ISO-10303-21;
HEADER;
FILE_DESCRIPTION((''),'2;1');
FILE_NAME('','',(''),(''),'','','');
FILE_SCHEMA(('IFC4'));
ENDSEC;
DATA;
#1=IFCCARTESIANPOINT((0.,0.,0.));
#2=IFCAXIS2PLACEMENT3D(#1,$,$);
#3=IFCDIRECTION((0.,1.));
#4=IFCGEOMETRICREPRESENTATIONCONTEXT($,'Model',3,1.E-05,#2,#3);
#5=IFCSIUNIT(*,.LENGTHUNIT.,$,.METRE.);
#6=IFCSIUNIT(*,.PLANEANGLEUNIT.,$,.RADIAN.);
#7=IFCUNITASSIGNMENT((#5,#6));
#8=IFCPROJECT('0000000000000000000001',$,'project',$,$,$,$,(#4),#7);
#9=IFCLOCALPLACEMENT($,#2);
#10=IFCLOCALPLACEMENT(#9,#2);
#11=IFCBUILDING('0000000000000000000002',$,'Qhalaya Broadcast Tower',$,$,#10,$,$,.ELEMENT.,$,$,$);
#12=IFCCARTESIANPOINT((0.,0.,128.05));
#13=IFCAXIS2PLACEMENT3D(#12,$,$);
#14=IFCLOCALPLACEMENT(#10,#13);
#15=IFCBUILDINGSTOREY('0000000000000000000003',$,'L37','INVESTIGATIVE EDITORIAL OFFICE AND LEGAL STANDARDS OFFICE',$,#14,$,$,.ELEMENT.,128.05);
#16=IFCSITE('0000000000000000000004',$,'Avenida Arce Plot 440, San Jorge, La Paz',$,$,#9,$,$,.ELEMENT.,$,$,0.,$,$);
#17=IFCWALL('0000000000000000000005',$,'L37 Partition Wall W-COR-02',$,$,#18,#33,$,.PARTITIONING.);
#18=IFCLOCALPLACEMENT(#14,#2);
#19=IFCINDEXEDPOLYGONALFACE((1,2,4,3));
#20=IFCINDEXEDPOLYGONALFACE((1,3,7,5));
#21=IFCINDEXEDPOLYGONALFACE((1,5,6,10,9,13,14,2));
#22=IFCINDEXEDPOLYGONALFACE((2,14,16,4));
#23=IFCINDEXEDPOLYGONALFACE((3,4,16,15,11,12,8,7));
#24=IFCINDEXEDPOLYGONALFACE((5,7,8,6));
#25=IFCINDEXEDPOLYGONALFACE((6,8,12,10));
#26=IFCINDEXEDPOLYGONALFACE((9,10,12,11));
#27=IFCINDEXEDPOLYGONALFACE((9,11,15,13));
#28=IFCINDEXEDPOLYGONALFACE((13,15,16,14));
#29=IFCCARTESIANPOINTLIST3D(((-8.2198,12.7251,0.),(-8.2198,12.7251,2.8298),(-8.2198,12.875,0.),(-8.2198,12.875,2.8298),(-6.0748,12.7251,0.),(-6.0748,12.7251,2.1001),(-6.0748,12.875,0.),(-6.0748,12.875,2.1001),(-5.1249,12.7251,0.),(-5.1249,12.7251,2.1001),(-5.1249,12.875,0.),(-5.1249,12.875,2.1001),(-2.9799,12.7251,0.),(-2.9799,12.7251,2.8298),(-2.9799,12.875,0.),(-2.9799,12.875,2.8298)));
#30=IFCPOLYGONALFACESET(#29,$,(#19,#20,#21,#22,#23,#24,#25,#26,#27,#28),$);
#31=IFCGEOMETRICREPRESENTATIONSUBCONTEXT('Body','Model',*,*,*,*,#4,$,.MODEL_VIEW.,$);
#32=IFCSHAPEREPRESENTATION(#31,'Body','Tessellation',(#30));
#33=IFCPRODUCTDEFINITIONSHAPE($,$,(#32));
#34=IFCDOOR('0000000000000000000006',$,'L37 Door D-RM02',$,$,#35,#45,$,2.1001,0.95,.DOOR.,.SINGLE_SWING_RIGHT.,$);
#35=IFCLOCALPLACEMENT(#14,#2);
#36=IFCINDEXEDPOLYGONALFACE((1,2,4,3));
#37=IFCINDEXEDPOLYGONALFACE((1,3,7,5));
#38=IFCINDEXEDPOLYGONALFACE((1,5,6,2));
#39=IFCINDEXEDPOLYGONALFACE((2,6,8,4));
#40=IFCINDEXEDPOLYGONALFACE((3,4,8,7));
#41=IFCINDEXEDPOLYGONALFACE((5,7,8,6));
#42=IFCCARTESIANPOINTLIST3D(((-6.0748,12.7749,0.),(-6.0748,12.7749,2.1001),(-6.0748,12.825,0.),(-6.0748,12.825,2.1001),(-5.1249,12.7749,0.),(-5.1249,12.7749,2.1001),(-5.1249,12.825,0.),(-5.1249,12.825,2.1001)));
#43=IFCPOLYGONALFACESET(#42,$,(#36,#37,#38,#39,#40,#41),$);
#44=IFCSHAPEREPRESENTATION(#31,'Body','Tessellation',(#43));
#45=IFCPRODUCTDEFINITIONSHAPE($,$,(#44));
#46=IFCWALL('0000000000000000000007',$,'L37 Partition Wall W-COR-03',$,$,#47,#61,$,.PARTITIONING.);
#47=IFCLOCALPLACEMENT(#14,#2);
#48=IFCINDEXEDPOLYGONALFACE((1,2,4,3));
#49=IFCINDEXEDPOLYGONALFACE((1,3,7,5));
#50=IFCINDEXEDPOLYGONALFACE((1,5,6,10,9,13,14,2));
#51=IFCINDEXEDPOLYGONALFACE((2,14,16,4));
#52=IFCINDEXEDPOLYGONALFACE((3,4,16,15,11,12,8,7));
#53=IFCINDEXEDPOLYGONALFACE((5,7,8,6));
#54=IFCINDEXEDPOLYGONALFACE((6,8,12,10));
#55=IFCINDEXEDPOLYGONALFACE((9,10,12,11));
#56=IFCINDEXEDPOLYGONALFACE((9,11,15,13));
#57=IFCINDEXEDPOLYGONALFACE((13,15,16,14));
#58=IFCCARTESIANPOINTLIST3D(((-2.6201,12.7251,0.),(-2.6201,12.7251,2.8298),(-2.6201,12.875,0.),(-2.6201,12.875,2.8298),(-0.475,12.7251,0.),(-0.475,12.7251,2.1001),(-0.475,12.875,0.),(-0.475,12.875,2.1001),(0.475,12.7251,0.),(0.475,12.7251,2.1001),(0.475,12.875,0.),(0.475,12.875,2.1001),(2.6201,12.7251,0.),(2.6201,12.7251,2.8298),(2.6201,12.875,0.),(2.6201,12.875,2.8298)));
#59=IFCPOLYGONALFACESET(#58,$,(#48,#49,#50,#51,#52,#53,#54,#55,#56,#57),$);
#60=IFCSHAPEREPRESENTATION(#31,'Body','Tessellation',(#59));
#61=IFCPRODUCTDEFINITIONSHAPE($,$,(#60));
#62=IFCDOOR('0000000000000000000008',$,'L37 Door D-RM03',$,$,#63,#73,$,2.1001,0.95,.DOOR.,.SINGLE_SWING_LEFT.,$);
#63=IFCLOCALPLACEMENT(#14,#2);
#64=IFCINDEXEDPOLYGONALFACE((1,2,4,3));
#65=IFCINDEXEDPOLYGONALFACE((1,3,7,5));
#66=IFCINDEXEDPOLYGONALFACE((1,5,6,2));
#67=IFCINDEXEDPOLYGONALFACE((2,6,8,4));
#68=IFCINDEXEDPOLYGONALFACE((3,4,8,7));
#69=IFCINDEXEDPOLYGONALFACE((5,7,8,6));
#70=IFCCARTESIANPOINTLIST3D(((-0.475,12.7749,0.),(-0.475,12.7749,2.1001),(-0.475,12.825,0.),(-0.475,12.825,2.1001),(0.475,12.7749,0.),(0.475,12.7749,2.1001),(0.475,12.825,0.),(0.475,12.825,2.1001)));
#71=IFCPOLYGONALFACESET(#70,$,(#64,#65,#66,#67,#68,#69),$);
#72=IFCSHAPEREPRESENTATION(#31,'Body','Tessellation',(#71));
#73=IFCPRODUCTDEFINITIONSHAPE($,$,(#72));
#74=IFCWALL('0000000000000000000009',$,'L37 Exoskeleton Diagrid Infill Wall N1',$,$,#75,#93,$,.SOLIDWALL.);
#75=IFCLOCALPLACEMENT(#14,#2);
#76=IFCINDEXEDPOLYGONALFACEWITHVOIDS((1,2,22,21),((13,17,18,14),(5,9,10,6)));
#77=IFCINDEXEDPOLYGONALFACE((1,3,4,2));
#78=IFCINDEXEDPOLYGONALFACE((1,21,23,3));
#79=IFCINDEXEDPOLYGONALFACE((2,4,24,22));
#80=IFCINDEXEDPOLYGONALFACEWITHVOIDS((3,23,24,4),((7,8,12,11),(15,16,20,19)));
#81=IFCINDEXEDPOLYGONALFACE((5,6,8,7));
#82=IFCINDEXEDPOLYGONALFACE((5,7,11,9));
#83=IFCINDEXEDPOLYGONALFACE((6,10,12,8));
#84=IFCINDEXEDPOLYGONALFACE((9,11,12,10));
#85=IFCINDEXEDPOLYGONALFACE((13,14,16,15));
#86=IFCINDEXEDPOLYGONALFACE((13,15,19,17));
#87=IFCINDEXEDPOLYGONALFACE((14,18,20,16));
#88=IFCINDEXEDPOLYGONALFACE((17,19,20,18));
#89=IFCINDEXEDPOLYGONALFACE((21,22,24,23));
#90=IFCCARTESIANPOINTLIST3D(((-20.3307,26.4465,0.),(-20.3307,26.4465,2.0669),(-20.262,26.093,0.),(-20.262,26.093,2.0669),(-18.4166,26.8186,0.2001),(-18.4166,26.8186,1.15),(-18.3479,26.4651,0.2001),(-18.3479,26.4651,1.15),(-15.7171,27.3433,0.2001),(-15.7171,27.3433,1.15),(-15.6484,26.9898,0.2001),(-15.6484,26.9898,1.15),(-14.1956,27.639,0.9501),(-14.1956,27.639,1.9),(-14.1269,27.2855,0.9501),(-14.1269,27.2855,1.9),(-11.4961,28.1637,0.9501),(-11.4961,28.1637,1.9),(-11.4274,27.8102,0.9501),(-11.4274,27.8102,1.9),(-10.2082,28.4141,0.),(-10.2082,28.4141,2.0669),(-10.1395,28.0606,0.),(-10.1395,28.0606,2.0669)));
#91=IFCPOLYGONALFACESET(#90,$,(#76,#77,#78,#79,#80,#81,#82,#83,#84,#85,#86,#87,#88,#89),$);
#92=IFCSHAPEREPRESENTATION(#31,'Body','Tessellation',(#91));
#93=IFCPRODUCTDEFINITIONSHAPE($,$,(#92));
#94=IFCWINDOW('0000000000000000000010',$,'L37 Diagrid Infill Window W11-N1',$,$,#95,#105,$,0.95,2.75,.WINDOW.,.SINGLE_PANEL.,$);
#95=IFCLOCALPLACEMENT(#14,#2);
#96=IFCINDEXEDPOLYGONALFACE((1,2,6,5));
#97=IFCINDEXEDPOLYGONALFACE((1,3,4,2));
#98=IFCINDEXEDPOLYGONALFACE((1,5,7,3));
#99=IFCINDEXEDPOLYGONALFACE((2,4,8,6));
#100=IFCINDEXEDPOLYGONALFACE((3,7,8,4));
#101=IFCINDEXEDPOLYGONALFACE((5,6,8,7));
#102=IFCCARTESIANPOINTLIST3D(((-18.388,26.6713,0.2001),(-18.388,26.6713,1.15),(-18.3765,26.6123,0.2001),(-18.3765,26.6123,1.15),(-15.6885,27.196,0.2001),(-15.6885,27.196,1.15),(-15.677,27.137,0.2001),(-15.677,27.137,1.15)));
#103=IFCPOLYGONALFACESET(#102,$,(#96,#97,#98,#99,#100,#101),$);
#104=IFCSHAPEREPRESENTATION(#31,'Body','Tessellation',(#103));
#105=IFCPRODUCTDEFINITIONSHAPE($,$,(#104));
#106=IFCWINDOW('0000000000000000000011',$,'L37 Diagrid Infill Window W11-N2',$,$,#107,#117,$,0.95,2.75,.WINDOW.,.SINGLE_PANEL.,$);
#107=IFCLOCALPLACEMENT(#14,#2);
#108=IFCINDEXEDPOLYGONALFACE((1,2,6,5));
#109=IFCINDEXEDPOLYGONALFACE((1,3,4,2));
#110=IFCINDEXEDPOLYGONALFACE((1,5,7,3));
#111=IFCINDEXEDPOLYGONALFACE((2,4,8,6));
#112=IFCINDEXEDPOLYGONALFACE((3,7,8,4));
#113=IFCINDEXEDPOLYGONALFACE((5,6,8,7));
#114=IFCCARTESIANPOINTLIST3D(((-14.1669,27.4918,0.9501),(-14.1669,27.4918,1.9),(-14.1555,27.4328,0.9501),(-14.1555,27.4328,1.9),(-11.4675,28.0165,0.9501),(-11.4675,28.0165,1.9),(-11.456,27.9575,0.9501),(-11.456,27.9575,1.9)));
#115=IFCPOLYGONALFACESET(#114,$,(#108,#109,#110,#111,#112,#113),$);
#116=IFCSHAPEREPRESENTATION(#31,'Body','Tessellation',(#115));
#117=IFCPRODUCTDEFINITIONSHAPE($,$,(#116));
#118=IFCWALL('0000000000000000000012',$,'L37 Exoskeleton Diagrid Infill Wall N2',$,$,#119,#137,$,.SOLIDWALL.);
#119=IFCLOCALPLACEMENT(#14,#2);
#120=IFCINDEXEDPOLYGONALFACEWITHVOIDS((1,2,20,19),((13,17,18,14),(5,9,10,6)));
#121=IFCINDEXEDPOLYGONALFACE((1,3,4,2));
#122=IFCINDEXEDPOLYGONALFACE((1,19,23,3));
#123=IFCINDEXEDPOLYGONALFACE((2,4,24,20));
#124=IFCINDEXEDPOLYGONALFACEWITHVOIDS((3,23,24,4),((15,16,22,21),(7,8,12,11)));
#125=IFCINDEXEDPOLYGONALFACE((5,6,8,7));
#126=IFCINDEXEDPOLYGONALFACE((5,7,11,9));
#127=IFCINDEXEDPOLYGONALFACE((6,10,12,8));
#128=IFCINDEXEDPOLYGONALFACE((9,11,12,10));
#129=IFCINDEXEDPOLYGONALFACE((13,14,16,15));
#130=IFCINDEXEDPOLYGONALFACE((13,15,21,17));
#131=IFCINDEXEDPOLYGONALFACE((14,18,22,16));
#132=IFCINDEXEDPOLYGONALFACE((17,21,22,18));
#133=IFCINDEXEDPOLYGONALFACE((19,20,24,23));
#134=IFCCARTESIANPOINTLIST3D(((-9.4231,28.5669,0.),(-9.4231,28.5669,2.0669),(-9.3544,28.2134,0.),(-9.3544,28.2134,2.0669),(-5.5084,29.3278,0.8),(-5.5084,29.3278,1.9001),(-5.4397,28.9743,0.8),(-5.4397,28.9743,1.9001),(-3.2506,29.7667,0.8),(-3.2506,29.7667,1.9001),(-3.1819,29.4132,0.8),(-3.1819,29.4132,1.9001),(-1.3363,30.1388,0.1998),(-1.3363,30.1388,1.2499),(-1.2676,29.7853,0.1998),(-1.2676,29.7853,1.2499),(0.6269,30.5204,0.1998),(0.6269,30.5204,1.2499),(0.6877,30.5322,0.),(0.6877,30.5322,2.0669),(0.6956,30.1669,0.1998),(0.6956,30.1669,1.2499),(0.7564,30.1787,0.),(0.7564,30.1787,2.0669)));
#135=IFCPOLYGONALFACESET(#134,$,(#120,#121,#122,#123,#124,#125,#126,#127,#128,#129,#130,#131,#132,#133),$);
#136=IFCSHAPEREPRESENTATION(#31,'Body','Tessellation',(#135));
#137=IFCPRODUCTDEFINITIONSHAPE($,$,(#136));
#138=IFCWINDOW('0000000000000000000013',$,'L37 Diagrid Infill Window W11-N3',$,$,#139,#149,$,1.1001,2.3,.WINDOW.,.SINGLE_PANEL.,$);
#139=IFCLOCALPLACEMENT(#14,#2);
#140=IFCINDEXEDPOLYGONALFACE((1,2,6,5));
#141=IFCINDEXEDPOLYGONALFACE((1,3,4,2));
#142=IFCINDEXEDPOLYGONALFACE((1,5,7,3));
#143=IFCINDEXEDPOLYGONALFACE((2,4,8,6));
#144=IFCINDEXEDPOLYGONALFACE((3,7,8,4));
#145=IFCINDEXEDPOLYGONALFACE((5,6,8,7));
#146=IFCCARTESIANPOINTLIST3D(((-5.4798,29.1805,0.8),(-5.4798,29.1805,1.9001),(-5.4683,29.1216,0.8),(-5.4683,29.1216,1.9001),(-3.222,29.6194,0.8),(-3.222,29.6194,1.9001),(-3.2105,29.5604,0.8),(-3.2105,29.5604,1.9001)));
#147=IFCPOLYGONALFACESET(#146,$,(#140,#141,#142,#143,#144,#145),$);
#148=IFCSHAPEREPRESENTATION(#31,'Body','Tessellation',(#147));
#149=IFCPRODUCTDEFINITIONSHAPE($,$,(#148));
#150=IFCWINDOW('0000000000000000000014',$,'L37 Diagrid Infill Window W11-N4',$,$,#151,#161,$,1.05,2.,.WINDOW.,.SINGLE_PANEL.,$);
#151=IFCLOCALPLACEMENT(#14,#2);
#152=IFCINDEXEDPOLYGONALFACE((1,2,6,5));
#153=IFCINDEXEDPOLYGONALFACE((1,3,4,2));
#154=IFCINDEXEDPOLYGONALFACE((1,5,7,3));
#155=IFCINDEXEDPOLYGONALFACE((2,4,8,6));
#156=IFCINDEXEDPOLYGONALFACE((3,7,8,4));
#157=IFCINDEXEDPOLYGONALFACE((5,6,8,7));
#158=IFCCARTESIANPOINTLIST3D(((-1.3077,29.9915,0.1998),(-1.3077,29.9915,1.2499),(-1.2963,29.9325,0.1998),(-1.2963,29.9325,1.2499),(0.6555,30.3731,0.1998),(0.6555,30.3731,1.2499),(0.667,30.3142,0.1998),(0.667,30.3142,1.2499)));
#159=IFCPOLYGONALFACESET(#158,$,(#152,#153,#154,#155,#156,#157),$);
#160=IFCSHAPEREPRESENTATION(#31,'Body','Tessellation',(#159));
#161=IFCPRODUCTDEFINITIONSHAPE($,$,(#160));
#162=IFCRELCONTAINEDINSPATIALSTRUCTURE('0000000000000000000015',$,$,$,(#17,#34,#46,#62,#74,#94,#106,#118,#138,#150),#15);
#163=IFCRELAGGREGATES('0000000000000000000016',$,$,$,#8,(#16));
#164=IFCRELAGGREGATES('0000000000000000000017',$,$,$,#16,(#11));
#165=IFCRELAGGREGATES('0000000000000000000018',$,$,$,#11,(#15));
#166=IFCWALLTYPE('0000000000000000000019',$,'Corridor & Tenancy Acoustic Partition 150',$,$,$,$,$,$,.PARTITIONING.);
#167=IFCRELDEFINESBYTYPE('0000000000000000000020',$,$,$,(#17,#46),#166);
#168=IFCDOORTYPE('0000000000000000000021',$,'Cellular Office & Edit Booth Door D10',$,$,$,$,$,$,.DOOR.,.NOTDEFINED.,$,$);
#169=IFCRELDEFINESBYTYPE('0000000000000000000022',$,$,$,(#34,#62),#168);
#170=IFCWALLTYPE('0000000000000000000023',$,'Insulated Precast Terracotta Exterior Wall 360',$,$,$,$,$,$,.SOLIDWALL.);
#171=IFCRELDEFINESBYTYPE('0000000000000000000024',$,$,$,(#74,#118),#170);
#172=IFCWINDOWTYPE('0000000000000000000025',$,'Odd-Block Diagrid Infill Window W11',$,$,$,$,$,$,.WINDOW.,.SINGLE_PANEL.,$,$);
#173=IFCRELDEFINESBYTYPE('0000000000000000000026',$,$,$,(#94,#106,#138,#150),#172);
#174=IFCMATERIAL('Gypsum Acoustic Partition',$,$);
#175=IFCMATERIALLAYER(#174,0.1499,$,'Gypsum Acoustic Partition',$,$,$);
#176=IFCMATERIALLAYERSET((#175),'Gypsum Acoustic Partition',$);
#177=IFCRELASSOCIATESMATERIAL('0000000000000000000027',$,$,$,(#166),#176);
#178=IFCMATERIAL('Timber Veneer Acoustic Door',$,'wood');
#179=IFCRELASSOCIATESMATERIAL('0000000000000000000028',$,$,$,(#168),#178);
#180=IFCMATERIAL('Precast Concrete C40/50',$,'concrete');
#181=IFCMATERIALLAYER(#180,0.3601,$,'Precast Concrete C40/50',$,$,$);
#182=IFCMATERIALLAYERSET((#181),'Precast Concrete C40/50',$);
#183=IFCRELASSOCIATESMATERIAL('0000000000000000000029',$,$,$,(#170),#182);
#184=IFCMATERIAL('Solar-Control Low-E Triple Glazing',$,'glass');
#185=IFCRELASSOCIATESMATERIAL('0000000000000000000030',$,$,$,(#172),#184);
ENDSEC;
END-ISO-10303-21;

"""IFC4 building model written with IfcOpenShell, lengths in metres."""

from ifc_helpers import new_model, si_unit, direction, frame, frame_2d, origin, place, context, subcontext, project, spatial, rectangle, extrude, material, layer, layer_set, type_object, element, fill, save


model = new_model("IFC4")

# Units and contexts
model_context = context("Model", 3, precision=1e-05, world=origin(), true_north=direction((0.0, 1.0)))
body_context = subcontext(model_context, "Body", "Model", "MODEL_VIEW")
ifc_project = project(units=[si_unit("LENGTHUNIT", "METRE"), si_unit("PLANEANGLEUNIT", "RADIAN")], contexts=[model_context])

# Site, building, storey
site_placement = place(None, origin())
site = spatial("IfcSite", under=ifc_project, at=site_placement, Name="Avenida Arce Plot 440, San Jorge, La Paz", CompositionType="ELEMENT", RefElevation=0.0)
building_placement = place(site_placement, origin())
building = spatial("IfcBuilding", under=site, at=building_placement, Name="Qhalaya Broadcast Tower", CompositionType="ELEMENT")
storey_placement = place(building_placement, frame((0.0, 0.0, 128.05)))
storey = spatial("IfcBuildingStorey", under=building, at=storey_placement, Name="L37", Description="INVESTIGATIVE EDITORIAL OFFICE AND LEGAL STANDARDS OFFICE", CompositionType="ELEMENT", Elevation=128.05)

# Walls, openings, doors
ifc_material_1 = material(Name="Gypsum Acoustic Partition")
ifc_layer_1 = layer(ifc_material_1, 0.1499, Name="Gypsum Acoustic Partition")
ifc_layer_set_1 = layer_set([ifc_layer_1], Name="Gypsum Acoustic Partition")
wall_type_1 = type_object("IfcWallType", Name="Corridor & Tenancy Acoustic Partition 150", PredefinedType="PARTITIONING", material=ifc_layer_set_1)
ifc_material_2 = material(Name="Timber Veneer Acoustic Door", Category="wood")
door_type = type_object("IfcDoorType", Name="Cellular Office & Edit Booth Door D10", OperationType="NOTDEFINED", PredefinedType="DOOR", material=ifc_material_2)
wall_1_placement = place(storey_placement, frame((-8.22, 12.8, 0.0), z_axis=(0.0, 0.0, 1.0), x_axis=(1.0, 0.0, 0.0)))
wall_1 = element("IfcWall", 1, at=wall_1_placement, inside=storey, type_object=wall_type_1, Name="L37 Partition Wall W-COR-02", PredefinedType="PARTITIONING", context=body_context, shape_type="SweptSolid", body=[
    extrude(rectangle(XDim=5.24, YDim=0.1499, at=frame_2d((2.6201, 0.0))), origin(), (0.0, 0.0, 1.0), 2.8298),
])
opening_1_placement = place(wall_1_placement, frame((2.145, 0.0, 0.0)))
opening_1 = element("IfcOpeningElement", 2, at=opening_1_placement, cuts=wall_1, PredefinedType="OPENING", context=body_context, shape_type="SweptSolid", body=[
    extrude(rectangle(XDim=0.95, YDim=2.1001, at=frame_2d((0.4751, 1.05))), frame((0.0, 0.0869, 0.0), z_axis=(0.0, -1.0, 0.0), x_axis=(1.0, 0.0, 0.0)), (0.0, 0.0, 1.0), 0.1738),
])
door_1_placement = place(opening_1_placement, origin())
door_1 = element("IfcDoor", 3, at=door_1_placement, inside=storey, type_object=door_type, Name="L37 Door D-RM02", OperationType="SINGLE_SWING_RIGHT", OverallHeight=2.1001, OverallWidth=0.95, PredefinedType="DOOR", context=body_context, shape_type="SweptSolid", body=[
    extrude(rectangle(XDim=0.95, YDim=2.1001, at=frame_2d((0.4751, 1.05))), frame((0.0, 0.0249, 0.0), z_axis=(0.0, -1.0, 0.0), x_axis=(1.0, 0.0, 0.0)), (0.0, 0.0, 1.0), 0.05),
])
fill(opening_1, door_1)
wall_2_placement = place(storey_placement, frame((-2.6201, 12.8, 0.0), z_axis=(0.0, 0.0, 1.0), x_axis=(1.0, 0.0, 0.0)))
wall_2 = element("IfcWall", 4, at=wall_2_placement, inside=storey, type_object=wall_type_1, Name="L37 Partition Wall W-COR-03", PredefinedType="PARTITIONING", context=body_context, shape_type="SweptSolid", body=[
    extrude(rectangle(XDim=5.2402, YDim=0.1499, at=frame_2d((2.6201, 0.0))), origin(), (0.0, 0.0, 1.0), 2.8298),
])
opening_2_placement = place(wall_2_placement, frame((2.145, 0.0, 0.0)))
opening_2 = element("IfcOpeningElement", 5, at=opening_2_placement, cuts=wall_2, PredefinedType="OPENING", context=body_context, shape_type="SweptSolid", body=[
    extrude(rectangle(XDim=0.95, YDim=2.1001, at=frame_2d((0.4751, 1.05))), frame((0.0, 0.0869, 0.0), z_axis=(0.0, -1.0, 0.0), x_axis=(1.0, 0.0, 0.0)), (0.0, 0.0, 1.0), 0.1738),
])
door_2_placement = place(opening_2_placement, origin())
door_2 = element("IfcDoor", 6, at=door_2_placement, inside=storey, type_object=door_type, Name="L37 Door D-RM03", OperationType="SINGLE_SWING_LEFT", OverallHeight=2.1001, OverallWidth=0.95, PredefinedType="DOOR", context=body_context, shape_type="SweptSolid", body=[
    extrude(rectangle(XDim=0.95, YDim=2.1001, at=frame_2d((0.4751, 1.05))), frame((0.0, 0.0249, 0.0), z_axis=(0.0, -1.0, 0.0), x_axis=(1.0, 0.0, 0.0)), (0.0, 0.0, 1.0), 0.05),
])
fill(opening_2, door_2)

# Walls, openings, windows
ifc_material_3 = material(Name="Precast Concrete C40/50", Category="concrete")
ifc_layer_2 = layer(ifc_material_3, 0.3601, Name="Precast Concrete C40/50")
ifc_layer_set_2 = layer_set([ifc_layer_2], Name="Precast Concrete C40/50")
wall_type_2 = type_object("IfcWallType", Name="Insulated Precast Terracotta Exterior Wall 360", PredefinedType="SOLIDWALL", material=ifc_layer_set_2)
wall_3_placement = place(storey_placement, frame((-20.2964, 26.2698, 0.0), z_axis=(0.0, 0.0, 1.0), x_axis=(0.981629, 0.1908, 0.0)))
wall_3 = element("IfcWall", 7, at=wall_3_placement, inside=storey, type_object=wall_type_2, Name="L37 Exoskeleton Diagrid Infill Wall N1", PredefinedType="SOLIDWALL", context=body_context, shape_type="SweptSolid", body=[
    extrude(rectangle(XDim=10.312, YDim=0.3601, at=frame_2d((5.156, 0.0))), origin(), (0.0, 0.0, 1.0), 2.0669),
])
opening_3_placement = place(wall_3_placement, frame((1.95, 0.0, 0.2)))
opening_3 = element("IfcOpeningElement", 8, at=opening_3_placement, cuts=wall_3, PredefinedType="OPENING", context=body_context, shape_type="SweptSolid", body=[
    extrude(rectangle(XDim=2.75, YDim=0.95, at=frame_2d((1.375, 0.4751))), frame((0.0, 0.1921, 0.0), z_axis=(0.0, -1.0, 0.0), x_axis=(1.0, 0.0, 0.0)), (0.0, 0.0, 1.0), 0.384),
])
opening_4_placement = place(wall_3_placement, frame((6.25, 0.0, 0.95)))
opening_4 = element("IfcOpeningElement", 9, at=opening_4_placement, cuts=wall_3, PredefinedType="OPENING", context=body_context, shape_type="SweptSolid", body=[
    extrude(rectangle(XDim=2.75, YDim=0.95, at=frame_2d((1.375, 0.4751))), frame((0.0, 0.1921, 0.0), z_axis=(0.0, -1.0, 0.0), x_axis=(1.0, 0.0, 0.0)), (0.0, 0.0, 1.0), 0.384),
])
ifc_material_4 = material(Name="Solar-Control Low-E Triple Glazing", Category="glass")
window_type = type_object("IfcWindowType", Name="Odd-Block Diagrid Infill Window W11", PartitioningType="SINGLE_PANEL", PredefinedType="WINDOW", material=ifc_material_4)
window_1_placement = place(opening_3_placement, origin())
window_1 = element("IfcWindow", 10, at=window_1_placement, inside=storey, type_object=window_type, Name="L37 Diagrid Infill Window W11-N1", OverallHeight=0.95, OverallWidth=2.75, PartitioningType="SINGLE_PANEL", PredefinedType="WINDOW", context=body_context, shape_type="SweptSolid", body=[
    extrude(rectangle(XDim=2.75, YDim=0.95, at=frame_2d((1.375, 0.4751))), frame((0.0, 0.03, 0.0), z_axis=(0.0, -1.0, 0.0), x_axis=(1.0, 0.0, 0.0)), (0.0, 0.0, 1.0), 0.0601),
])
fill(opening_3, window_1)
window_2_placement = place(opening_4_placement, origin())
window_2 = element("IfcWindow", 11, at=window_2_placement, inside=storey, type_object=window_type, Name="L37 Diagrid Infill Window W11-N2", OverallHeight=0.95, OverallWidth=2.75, PartitioningType="SINGLE_PANEL", PredefinedType="WINDOW", context=body_context, shape_type="SweptSolid", body=[
    extrude(rectangle(XDim=2.75, YDim=0.95, at=frame_2d((1.375, 0.4751))), frame((0.0, 0.03, 0.0), z_axis=(0.0, -1.0, 0.0), x_axis=(1.0, 0.0, 0.0)), (0.0, 0.0, 1.0), 0.0601),
])
fill(opening_4, window_2)
wall_4_placement = place(storey_placement, frame((-9.3887, 28.3901, 0.0), z_axis=(0.0, 0.0, 1.0), x_axis=(0.981627, 0.190807, 0.0)))
wall_4 = element("IfcWall", 12, at=wall_4_placement, inside=storey, type_object=wall_type_2, Name="L37 Exoskeleton Diagrid Infill Wall N2", PredefinedType="SOLIDWALL", context=body_context, shape_type="SweptSolid", body=[
    extrude(rectangle(XDim=10.3, YDim=0.3601, at=frame_2d((5.1499, 0.0))), origin(), (0.0, 0.0, 1.0), 2.0669),
])
opening_5_placement = place(wall_4_placement, frame((3.988, 0.0, 0.8)))
opening_5 = element("IfcOpeningElement", 13, at=opening_5_placement, cuts=wall_4, PredefinedType="OPENING", context=body_context, shape_type="SweptSolid", body=[
    extrude(rectangle(XDim=2.3, YDim=1.1001, at=frame_2d((1.1499, 0.55))), frame((0.0, 0.1921, 0.0), z_axis=(0.0, -1.0, 0.0), x_axis=(1.0, 0.0, 0.0)), (0.0, 0.0, 1.0), 0.384),
])
opening_6_placement = place(wall_4_placement, frame((8.238, 0.0, 0.2)))
opening_6 = element("IfcOpeningElement", 14, at=opening_6_placement, cuts=wall_4, PredefinedType="OPENING", context=body_context, shape_type="SweptSolid", body=[
    extrude(rectangle(XDim=2.0, YDim=1.05, at=frame_2d((1.0, 0.5249))), frame((0.0, 0.1921, 0.0), z_axis=(0.0, -1.0, 0.0), x_axis=(1.0, 0.0, 0.0)), (0.0, 0.0, 1.0), 0.384),
])
window_3_placement = place(opening_5_placement, origin())
window_3 = element("IfcWindow", 15, at=window_3_placement, inside=storey, type_object=window_type, Name="L37 Diagrid Infill Window W11-N3", OverallHeight=1.1001, OverallWidth=2.3, PartitioningType="SINGLE_PANEL", PredefinedType="WINDOW", context=body_context, shape_type="SweptSolid", body=[
    extrude(rectangle(XDim=2.3, YDim=1.1001, at=frame_2d((1.1499, 0.55))), frame((0.0, 0.03, 0.0), z_axis=(0.0, -1.0, 0.0), x_axis=(1.0, 0.0, 0.0)), (0.0, 0.0, 1.0), 0.0601),
])
fill(opening_5, window_3)
window_4_placement = place(opening_6_placement, origin())
window_4 = element("IfcWindow", 16, at=window_4_placement, inside=storey, type_object=window_type, Name="L37 Diagrid Infill Window W11-N4", OverallHeight=1.05, OverallWidth=2.0, PartitioningType="SINGLE_PANEL", PredefinedType="WINDOW", context=body_context, shape_type="SweptSolid", body=[
    extrude(rectangle(XDim=2.0, YDim=1.05, at=frame_2d((1.0, 0.5249))), frame((0.0, 0.03, 0.0), z_axis=(0.0, -1.0, 0.0), x_axis=(1.0, 0.0, 0.0)), (0.0, 0.0, 1.0), 0.0601),
])
fill(opening_6, window_4)

save(model, "model.ifc")
